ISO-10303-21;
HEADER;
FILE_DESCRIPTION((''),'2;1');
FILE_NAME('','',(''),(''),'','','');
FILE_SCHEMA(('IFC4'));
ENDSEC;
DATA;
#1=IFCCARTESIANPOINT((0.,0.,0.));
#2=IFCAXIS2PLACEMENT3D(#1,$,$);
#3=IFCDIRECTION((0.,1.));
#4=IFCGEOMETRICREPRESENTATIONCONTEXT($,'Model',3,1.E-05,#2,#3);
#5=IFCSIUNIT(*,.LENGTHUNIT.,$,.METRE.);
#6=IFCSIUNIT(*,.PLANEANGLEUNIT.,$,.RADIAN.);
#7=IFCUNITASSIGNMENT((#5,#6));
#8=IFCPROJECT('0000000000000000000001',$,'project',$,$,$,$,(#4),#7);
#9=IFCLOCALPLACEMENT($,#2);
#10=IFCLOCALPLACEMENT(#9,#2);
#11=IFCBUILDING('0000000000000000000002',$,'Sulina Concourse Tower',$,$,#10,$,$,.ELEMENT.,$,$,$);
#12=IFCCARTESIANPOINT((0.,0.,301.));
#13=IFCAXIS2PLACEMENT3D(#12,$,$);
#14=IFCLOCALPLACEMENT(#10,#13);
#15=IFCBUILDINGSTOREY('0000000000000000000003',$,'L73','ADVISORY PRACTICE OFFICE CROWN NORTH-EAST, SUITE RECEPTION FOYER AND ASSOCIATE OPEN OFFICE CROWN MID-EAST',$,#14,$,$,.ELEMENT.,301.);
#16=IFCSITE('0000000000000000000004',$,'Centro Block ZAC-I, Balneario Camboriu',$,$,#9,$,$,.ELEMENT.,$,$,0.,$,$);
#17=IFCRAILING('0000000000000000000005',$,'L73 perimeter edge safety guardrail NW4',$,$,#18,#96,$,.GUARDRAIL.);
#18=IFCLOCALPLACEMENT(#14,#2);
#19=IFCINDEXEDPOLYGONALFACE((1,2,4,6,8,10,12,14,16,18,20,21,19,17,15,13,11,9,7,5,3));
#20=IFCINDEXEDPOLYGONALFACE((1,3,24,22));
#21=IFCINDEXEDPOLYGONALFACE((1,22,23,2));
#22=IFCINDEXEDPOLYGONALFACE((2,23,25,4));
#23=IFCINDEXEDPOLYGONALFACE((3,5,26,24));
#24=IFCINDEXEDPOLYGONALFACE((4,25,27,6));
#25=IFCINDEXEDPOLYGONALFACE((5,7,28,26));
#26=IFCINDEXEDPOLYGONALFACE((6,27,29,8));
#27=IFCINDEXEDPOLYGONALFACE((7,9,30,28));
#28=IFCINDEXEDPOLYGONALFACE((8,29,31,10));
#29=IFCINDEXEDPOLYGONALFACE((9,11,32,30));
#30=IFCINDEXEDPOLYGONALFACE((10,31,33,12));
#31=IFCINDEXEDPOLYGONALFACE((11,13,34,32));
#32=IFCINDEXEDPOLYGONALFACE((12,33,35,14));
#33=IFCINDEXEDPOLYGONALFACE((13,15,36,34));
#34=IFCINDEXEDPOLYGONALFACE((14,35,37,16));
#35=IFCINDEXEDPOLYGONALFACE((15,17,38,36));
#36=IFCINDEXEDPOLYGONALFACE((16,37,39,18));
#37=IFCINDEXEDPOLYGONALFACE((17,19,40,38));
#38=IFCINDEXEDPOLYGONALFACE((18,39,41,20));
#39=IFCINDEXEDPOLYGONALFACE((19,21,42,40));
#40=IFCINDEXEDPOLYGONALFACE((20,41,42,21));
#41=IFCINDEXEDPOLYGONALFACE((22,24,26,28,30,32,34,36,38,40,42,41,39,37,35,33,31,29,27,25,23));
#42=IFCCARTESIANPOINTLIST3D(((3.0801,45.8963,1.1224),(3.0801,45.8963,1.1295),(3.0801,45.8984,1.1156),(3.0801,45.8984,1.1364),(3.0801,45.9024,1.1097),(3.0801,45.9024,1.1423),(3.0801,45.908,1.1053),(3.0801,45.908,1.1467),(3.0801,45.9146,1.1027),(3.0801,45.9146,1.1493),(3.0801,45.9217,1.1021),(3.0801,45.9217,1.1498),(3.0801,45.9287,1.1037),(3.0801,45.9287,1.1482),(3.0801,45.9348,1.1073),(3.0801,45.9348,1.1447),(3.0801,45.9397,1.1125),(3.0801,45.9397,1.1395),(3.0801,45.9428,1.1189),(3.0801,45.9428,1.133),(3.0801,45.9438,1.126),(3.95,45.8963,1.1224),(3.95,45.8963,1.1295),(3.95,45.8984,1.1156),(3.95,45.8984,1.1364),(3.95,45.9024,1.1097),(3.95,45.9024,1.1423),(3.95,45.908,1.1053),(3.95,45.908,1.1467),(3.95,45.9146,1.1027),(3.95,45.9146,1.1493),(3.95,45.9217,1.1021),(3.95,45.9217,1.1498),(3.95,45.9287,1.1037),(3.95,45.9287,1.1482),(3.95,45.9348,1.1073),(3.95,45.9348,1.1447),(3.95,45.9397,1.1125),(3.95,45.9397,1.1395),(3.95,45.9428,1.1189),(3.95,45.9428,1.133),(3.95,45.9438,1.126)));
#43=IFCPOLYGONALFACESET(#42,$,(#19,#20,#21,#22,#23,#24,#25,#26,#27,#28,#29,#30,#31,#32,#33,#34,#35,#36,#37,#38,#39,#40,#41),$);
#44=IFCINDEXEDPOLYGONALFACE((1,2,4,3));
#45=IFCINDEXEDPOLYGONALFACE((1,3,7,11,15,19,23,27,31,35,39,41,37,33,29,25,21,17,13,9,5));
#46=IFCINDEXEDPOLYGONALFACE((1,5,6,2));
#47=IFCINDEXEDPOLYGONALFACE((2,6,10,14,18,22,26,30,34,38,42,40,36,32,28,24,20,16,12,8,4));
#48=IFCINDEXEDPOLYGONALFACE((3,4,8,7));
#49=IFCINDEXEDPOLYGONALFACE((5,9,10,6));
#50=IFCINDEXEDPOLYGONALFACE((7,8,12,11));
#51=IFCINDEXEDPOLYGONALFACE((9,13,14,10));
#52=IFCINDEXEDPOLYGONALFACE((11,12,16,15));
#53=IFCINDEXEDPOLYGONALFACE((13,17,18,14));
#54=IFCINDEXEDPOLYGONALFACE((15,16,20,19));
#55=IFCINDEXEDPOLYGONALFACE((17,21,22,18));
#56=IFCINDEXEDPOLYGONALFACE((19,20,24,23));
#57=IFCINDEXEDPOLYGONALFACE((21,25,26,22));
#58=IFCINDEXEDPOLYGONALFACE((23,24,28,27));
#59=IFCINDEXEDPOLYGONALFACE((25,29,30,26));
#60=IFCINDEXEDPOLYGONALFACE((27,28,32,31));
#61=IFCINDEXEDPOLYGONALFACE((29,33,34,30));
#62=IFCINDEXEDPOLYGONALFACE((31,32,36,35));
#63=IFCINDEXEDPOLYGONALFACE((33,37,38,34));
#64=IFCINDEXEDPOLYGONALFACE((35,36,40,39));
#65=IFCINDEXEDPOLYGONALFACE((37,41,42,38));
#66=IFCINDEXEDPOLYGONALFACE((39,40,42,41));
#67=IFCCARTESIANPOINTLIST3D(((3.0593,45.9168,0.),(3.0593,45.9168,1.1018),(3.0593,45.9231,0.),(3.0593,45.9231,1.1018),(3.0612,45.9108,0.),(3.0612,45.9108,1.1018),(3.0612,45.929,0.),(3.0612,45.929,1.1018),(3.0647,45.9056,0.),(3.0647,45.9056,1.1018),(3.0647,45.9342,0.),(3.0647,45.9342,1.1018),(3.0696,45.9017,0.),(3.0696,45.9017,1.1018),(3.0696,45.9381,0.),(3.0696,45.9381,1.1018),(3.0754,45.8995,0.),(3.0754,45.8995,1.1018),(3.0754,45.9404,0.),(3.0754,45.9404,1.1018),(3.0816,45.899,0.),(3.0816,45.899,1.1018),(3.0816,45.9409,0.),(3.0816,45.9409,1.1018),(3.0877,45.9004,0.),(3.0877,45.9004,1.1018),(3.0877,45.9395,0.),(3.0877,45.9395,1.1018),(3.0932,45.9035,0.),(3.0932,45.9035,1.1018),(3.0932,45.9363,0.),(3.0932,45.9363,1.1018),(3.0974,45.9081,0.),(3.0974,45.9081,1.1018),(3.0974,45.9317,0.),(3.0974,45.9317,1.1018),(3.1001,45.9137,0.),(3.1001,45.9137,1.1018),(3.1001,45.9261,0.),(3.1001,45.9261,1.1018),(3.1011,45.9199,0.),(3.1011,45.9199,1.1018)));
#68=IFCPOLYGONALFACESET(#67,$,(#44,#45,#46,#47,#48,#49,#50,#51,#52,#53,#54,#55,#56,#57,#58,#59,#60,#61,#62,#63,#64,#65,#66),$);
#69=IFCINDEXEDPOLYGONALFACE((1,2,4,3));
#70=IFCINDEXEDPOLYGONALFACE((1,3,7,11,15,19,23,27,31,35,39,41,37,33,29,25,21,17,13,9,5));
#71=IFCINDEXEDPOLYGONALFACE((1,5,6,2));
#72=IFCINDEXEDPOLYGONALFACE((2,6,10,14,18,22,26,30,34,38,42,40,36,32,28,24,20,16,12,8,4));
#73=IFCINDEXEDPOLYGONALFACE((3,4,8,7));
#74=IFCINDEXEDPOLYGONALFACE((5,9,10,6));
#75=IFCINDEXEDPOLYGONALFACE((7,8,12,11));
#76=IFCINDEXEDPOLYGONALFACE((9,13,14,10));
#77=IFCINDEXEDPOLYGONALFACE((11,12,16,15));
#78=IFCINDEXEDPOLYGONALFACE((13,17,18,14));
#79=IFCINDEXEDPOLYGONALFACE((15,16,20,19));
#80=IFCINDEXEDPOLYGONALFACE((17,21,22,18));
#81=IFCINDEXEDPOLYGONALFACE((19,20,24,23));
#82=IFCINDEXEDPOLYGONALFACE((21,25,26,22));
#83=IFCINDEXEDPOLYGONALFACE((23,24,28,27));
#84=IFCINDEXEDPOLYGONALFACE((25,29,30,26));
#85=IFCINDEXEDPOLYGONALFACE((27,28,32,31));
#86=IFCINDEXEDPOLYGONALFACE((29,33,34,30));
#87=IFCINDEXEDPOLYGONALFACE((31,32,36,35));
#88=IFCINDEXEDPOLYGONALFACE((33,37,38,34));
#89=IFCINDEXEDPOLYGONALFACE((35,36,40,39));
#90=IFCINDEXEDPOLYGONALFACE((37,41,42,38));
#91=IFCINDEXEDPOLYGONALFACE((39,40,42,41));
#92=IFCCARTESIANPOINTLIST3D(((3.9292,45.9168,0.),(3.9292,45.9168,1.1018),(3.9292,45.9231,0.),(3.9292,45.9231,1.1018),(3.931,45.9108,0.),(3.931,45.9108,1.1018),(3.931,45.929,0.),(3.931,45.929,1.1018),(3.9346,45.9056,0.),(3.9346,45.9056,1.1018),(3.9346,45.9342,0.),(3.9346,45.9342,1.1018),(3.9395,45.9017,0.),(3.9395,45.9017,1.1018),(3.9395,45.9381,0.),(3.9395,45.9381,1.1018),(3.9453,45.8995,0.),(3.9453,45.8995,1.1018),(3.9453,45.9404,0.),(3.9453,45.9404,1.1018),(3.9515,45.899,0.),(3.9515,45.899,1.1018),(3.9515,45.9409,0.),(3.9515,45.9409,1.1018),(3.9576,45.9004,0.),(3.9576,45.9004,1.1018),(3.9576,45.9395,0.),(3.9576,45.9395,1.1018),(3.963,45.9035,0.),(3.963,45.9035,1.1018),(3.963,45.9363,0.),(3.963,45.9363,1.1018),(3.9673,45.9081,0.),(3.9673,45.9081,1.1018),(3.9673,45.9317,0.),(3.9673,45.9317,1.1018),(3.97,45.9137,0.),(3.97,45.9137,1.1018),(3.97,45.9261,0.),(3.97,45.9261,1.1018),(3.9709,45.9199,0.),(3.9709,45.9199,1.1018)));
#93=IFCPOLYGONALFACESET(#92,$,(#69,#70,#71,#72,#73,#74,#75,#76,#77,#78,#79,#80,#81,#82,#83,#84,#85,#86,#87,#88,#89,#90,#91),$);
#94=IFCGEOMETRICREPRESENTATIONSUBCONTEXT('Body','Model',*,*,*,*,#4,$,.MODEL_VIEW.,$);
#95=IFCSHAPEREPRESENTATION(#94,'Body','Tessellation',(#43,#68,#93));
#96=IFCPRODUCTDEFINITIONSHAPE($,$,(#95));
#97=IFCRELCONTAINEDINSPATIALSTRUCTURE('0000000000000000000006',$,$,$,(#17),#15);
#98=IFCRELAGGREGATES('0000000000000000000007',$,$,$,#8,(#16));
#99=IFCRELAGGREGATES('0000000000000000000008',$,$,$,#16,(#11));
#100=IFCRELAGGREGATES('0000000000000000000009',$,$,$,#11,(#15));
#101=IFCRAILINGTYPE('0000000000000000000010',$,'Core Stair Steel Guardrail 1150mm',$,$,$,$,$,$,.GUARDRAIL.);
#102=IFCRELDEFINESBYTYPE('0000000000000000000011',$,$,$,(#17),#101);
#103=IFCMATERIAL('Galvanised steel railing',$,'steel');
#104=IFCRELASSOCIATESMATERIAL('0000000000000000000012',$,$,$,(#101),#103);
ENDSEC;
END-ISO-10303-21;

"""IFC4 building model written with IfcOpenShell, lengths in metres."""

from ifc_helpers import new_model, si_unit, direction, frame, origin, origin_2d, place, context, subcontext, project, spatial, circle, extrude, material, type_object, element, save


model = new_model("IFC4")

# Units and contexts
model_context = context("Model", 3, precision=1e-05, world=origin(), true_north=direction((0.0, 1.0)))
body_context = subcontext(model_context, "Body", "Model", "MODEL_VIEW")
ifc_project = project(units=[si_unit("LENGTHUNIT", "METRE"), si_unit("PLANEANGLEUNIT", "RADIAN")], contexts=[model_context])

# Site, building, storey
site_placement = place(None, origin())
site = spatial("IfcSite", under=ifc_project, at=site_placement, Name="Centro Block ZAC-I, Balneario Camboriu", CompositionType="ELEMENT", RefElevation=0.0)
building_placement = place(site_placement, origin())
building = spatial("IfcBuilding", under=site, at=building_placement, Name="Sulina Concourse Tower", CompositionType="ELEMENT")
storey_placement = place(building_placement, frame((0.0, 0.0, 301.0)))
storey = spatial("IfcBuildingStorey", under=building, at=storey_placement, Name="L73", Description="ADVISORY PRACTICE OFFICE CROWN NORTH-EAST, SUITE RECEPTION FOYER AND ASSOCIATE OPEN OFFICE CROWN MID-EAST", CompositionType="ELEMENT", Elevation=301.0)

# Railing
ifc_material_1 = material(Name="Galvanised steel railing", Category="steel")
railing_type_1 = type_object("IfcRailingType", Name="Core Stair Steel Guardrail 1150mm", PredefinedType="GUARDRAIL", material=ifc_material_1)
railing_1_placement = place(storey_placement, frame((3.0801, 45.9199, 0.0)))
element("IfcRailing", 1, at=railing_1_placement, inside=storey, type_object=railing_type_1, Name="L73 perimeter edge safety guardrail NW4", PredefinedType="GUARDRAIL", context=body_context, shape_type="SweptSolid", body=[
    extrude(circle(Radius=0.0239, at=origin_2d()), frame((0.0, 0.0, 1.126), z_axis=(1.0, 0.0, 0.0), x_axis=(0.0, 1.0, 0.0)), (0.0, 0.0, 1.0), 0.8699),
    extrude(circle(Radius=0.021, at=origin_2d()), origin(), (0.0, 0.0, 1.0), 1.1018),
    extrude(circle(Radius=0.021, at=origin_2d()), frame((0.8699, 0.0, 0.0)), (0.0, 0.0, 1.0), 1.1018),
])

save(model, "model.ifc")
